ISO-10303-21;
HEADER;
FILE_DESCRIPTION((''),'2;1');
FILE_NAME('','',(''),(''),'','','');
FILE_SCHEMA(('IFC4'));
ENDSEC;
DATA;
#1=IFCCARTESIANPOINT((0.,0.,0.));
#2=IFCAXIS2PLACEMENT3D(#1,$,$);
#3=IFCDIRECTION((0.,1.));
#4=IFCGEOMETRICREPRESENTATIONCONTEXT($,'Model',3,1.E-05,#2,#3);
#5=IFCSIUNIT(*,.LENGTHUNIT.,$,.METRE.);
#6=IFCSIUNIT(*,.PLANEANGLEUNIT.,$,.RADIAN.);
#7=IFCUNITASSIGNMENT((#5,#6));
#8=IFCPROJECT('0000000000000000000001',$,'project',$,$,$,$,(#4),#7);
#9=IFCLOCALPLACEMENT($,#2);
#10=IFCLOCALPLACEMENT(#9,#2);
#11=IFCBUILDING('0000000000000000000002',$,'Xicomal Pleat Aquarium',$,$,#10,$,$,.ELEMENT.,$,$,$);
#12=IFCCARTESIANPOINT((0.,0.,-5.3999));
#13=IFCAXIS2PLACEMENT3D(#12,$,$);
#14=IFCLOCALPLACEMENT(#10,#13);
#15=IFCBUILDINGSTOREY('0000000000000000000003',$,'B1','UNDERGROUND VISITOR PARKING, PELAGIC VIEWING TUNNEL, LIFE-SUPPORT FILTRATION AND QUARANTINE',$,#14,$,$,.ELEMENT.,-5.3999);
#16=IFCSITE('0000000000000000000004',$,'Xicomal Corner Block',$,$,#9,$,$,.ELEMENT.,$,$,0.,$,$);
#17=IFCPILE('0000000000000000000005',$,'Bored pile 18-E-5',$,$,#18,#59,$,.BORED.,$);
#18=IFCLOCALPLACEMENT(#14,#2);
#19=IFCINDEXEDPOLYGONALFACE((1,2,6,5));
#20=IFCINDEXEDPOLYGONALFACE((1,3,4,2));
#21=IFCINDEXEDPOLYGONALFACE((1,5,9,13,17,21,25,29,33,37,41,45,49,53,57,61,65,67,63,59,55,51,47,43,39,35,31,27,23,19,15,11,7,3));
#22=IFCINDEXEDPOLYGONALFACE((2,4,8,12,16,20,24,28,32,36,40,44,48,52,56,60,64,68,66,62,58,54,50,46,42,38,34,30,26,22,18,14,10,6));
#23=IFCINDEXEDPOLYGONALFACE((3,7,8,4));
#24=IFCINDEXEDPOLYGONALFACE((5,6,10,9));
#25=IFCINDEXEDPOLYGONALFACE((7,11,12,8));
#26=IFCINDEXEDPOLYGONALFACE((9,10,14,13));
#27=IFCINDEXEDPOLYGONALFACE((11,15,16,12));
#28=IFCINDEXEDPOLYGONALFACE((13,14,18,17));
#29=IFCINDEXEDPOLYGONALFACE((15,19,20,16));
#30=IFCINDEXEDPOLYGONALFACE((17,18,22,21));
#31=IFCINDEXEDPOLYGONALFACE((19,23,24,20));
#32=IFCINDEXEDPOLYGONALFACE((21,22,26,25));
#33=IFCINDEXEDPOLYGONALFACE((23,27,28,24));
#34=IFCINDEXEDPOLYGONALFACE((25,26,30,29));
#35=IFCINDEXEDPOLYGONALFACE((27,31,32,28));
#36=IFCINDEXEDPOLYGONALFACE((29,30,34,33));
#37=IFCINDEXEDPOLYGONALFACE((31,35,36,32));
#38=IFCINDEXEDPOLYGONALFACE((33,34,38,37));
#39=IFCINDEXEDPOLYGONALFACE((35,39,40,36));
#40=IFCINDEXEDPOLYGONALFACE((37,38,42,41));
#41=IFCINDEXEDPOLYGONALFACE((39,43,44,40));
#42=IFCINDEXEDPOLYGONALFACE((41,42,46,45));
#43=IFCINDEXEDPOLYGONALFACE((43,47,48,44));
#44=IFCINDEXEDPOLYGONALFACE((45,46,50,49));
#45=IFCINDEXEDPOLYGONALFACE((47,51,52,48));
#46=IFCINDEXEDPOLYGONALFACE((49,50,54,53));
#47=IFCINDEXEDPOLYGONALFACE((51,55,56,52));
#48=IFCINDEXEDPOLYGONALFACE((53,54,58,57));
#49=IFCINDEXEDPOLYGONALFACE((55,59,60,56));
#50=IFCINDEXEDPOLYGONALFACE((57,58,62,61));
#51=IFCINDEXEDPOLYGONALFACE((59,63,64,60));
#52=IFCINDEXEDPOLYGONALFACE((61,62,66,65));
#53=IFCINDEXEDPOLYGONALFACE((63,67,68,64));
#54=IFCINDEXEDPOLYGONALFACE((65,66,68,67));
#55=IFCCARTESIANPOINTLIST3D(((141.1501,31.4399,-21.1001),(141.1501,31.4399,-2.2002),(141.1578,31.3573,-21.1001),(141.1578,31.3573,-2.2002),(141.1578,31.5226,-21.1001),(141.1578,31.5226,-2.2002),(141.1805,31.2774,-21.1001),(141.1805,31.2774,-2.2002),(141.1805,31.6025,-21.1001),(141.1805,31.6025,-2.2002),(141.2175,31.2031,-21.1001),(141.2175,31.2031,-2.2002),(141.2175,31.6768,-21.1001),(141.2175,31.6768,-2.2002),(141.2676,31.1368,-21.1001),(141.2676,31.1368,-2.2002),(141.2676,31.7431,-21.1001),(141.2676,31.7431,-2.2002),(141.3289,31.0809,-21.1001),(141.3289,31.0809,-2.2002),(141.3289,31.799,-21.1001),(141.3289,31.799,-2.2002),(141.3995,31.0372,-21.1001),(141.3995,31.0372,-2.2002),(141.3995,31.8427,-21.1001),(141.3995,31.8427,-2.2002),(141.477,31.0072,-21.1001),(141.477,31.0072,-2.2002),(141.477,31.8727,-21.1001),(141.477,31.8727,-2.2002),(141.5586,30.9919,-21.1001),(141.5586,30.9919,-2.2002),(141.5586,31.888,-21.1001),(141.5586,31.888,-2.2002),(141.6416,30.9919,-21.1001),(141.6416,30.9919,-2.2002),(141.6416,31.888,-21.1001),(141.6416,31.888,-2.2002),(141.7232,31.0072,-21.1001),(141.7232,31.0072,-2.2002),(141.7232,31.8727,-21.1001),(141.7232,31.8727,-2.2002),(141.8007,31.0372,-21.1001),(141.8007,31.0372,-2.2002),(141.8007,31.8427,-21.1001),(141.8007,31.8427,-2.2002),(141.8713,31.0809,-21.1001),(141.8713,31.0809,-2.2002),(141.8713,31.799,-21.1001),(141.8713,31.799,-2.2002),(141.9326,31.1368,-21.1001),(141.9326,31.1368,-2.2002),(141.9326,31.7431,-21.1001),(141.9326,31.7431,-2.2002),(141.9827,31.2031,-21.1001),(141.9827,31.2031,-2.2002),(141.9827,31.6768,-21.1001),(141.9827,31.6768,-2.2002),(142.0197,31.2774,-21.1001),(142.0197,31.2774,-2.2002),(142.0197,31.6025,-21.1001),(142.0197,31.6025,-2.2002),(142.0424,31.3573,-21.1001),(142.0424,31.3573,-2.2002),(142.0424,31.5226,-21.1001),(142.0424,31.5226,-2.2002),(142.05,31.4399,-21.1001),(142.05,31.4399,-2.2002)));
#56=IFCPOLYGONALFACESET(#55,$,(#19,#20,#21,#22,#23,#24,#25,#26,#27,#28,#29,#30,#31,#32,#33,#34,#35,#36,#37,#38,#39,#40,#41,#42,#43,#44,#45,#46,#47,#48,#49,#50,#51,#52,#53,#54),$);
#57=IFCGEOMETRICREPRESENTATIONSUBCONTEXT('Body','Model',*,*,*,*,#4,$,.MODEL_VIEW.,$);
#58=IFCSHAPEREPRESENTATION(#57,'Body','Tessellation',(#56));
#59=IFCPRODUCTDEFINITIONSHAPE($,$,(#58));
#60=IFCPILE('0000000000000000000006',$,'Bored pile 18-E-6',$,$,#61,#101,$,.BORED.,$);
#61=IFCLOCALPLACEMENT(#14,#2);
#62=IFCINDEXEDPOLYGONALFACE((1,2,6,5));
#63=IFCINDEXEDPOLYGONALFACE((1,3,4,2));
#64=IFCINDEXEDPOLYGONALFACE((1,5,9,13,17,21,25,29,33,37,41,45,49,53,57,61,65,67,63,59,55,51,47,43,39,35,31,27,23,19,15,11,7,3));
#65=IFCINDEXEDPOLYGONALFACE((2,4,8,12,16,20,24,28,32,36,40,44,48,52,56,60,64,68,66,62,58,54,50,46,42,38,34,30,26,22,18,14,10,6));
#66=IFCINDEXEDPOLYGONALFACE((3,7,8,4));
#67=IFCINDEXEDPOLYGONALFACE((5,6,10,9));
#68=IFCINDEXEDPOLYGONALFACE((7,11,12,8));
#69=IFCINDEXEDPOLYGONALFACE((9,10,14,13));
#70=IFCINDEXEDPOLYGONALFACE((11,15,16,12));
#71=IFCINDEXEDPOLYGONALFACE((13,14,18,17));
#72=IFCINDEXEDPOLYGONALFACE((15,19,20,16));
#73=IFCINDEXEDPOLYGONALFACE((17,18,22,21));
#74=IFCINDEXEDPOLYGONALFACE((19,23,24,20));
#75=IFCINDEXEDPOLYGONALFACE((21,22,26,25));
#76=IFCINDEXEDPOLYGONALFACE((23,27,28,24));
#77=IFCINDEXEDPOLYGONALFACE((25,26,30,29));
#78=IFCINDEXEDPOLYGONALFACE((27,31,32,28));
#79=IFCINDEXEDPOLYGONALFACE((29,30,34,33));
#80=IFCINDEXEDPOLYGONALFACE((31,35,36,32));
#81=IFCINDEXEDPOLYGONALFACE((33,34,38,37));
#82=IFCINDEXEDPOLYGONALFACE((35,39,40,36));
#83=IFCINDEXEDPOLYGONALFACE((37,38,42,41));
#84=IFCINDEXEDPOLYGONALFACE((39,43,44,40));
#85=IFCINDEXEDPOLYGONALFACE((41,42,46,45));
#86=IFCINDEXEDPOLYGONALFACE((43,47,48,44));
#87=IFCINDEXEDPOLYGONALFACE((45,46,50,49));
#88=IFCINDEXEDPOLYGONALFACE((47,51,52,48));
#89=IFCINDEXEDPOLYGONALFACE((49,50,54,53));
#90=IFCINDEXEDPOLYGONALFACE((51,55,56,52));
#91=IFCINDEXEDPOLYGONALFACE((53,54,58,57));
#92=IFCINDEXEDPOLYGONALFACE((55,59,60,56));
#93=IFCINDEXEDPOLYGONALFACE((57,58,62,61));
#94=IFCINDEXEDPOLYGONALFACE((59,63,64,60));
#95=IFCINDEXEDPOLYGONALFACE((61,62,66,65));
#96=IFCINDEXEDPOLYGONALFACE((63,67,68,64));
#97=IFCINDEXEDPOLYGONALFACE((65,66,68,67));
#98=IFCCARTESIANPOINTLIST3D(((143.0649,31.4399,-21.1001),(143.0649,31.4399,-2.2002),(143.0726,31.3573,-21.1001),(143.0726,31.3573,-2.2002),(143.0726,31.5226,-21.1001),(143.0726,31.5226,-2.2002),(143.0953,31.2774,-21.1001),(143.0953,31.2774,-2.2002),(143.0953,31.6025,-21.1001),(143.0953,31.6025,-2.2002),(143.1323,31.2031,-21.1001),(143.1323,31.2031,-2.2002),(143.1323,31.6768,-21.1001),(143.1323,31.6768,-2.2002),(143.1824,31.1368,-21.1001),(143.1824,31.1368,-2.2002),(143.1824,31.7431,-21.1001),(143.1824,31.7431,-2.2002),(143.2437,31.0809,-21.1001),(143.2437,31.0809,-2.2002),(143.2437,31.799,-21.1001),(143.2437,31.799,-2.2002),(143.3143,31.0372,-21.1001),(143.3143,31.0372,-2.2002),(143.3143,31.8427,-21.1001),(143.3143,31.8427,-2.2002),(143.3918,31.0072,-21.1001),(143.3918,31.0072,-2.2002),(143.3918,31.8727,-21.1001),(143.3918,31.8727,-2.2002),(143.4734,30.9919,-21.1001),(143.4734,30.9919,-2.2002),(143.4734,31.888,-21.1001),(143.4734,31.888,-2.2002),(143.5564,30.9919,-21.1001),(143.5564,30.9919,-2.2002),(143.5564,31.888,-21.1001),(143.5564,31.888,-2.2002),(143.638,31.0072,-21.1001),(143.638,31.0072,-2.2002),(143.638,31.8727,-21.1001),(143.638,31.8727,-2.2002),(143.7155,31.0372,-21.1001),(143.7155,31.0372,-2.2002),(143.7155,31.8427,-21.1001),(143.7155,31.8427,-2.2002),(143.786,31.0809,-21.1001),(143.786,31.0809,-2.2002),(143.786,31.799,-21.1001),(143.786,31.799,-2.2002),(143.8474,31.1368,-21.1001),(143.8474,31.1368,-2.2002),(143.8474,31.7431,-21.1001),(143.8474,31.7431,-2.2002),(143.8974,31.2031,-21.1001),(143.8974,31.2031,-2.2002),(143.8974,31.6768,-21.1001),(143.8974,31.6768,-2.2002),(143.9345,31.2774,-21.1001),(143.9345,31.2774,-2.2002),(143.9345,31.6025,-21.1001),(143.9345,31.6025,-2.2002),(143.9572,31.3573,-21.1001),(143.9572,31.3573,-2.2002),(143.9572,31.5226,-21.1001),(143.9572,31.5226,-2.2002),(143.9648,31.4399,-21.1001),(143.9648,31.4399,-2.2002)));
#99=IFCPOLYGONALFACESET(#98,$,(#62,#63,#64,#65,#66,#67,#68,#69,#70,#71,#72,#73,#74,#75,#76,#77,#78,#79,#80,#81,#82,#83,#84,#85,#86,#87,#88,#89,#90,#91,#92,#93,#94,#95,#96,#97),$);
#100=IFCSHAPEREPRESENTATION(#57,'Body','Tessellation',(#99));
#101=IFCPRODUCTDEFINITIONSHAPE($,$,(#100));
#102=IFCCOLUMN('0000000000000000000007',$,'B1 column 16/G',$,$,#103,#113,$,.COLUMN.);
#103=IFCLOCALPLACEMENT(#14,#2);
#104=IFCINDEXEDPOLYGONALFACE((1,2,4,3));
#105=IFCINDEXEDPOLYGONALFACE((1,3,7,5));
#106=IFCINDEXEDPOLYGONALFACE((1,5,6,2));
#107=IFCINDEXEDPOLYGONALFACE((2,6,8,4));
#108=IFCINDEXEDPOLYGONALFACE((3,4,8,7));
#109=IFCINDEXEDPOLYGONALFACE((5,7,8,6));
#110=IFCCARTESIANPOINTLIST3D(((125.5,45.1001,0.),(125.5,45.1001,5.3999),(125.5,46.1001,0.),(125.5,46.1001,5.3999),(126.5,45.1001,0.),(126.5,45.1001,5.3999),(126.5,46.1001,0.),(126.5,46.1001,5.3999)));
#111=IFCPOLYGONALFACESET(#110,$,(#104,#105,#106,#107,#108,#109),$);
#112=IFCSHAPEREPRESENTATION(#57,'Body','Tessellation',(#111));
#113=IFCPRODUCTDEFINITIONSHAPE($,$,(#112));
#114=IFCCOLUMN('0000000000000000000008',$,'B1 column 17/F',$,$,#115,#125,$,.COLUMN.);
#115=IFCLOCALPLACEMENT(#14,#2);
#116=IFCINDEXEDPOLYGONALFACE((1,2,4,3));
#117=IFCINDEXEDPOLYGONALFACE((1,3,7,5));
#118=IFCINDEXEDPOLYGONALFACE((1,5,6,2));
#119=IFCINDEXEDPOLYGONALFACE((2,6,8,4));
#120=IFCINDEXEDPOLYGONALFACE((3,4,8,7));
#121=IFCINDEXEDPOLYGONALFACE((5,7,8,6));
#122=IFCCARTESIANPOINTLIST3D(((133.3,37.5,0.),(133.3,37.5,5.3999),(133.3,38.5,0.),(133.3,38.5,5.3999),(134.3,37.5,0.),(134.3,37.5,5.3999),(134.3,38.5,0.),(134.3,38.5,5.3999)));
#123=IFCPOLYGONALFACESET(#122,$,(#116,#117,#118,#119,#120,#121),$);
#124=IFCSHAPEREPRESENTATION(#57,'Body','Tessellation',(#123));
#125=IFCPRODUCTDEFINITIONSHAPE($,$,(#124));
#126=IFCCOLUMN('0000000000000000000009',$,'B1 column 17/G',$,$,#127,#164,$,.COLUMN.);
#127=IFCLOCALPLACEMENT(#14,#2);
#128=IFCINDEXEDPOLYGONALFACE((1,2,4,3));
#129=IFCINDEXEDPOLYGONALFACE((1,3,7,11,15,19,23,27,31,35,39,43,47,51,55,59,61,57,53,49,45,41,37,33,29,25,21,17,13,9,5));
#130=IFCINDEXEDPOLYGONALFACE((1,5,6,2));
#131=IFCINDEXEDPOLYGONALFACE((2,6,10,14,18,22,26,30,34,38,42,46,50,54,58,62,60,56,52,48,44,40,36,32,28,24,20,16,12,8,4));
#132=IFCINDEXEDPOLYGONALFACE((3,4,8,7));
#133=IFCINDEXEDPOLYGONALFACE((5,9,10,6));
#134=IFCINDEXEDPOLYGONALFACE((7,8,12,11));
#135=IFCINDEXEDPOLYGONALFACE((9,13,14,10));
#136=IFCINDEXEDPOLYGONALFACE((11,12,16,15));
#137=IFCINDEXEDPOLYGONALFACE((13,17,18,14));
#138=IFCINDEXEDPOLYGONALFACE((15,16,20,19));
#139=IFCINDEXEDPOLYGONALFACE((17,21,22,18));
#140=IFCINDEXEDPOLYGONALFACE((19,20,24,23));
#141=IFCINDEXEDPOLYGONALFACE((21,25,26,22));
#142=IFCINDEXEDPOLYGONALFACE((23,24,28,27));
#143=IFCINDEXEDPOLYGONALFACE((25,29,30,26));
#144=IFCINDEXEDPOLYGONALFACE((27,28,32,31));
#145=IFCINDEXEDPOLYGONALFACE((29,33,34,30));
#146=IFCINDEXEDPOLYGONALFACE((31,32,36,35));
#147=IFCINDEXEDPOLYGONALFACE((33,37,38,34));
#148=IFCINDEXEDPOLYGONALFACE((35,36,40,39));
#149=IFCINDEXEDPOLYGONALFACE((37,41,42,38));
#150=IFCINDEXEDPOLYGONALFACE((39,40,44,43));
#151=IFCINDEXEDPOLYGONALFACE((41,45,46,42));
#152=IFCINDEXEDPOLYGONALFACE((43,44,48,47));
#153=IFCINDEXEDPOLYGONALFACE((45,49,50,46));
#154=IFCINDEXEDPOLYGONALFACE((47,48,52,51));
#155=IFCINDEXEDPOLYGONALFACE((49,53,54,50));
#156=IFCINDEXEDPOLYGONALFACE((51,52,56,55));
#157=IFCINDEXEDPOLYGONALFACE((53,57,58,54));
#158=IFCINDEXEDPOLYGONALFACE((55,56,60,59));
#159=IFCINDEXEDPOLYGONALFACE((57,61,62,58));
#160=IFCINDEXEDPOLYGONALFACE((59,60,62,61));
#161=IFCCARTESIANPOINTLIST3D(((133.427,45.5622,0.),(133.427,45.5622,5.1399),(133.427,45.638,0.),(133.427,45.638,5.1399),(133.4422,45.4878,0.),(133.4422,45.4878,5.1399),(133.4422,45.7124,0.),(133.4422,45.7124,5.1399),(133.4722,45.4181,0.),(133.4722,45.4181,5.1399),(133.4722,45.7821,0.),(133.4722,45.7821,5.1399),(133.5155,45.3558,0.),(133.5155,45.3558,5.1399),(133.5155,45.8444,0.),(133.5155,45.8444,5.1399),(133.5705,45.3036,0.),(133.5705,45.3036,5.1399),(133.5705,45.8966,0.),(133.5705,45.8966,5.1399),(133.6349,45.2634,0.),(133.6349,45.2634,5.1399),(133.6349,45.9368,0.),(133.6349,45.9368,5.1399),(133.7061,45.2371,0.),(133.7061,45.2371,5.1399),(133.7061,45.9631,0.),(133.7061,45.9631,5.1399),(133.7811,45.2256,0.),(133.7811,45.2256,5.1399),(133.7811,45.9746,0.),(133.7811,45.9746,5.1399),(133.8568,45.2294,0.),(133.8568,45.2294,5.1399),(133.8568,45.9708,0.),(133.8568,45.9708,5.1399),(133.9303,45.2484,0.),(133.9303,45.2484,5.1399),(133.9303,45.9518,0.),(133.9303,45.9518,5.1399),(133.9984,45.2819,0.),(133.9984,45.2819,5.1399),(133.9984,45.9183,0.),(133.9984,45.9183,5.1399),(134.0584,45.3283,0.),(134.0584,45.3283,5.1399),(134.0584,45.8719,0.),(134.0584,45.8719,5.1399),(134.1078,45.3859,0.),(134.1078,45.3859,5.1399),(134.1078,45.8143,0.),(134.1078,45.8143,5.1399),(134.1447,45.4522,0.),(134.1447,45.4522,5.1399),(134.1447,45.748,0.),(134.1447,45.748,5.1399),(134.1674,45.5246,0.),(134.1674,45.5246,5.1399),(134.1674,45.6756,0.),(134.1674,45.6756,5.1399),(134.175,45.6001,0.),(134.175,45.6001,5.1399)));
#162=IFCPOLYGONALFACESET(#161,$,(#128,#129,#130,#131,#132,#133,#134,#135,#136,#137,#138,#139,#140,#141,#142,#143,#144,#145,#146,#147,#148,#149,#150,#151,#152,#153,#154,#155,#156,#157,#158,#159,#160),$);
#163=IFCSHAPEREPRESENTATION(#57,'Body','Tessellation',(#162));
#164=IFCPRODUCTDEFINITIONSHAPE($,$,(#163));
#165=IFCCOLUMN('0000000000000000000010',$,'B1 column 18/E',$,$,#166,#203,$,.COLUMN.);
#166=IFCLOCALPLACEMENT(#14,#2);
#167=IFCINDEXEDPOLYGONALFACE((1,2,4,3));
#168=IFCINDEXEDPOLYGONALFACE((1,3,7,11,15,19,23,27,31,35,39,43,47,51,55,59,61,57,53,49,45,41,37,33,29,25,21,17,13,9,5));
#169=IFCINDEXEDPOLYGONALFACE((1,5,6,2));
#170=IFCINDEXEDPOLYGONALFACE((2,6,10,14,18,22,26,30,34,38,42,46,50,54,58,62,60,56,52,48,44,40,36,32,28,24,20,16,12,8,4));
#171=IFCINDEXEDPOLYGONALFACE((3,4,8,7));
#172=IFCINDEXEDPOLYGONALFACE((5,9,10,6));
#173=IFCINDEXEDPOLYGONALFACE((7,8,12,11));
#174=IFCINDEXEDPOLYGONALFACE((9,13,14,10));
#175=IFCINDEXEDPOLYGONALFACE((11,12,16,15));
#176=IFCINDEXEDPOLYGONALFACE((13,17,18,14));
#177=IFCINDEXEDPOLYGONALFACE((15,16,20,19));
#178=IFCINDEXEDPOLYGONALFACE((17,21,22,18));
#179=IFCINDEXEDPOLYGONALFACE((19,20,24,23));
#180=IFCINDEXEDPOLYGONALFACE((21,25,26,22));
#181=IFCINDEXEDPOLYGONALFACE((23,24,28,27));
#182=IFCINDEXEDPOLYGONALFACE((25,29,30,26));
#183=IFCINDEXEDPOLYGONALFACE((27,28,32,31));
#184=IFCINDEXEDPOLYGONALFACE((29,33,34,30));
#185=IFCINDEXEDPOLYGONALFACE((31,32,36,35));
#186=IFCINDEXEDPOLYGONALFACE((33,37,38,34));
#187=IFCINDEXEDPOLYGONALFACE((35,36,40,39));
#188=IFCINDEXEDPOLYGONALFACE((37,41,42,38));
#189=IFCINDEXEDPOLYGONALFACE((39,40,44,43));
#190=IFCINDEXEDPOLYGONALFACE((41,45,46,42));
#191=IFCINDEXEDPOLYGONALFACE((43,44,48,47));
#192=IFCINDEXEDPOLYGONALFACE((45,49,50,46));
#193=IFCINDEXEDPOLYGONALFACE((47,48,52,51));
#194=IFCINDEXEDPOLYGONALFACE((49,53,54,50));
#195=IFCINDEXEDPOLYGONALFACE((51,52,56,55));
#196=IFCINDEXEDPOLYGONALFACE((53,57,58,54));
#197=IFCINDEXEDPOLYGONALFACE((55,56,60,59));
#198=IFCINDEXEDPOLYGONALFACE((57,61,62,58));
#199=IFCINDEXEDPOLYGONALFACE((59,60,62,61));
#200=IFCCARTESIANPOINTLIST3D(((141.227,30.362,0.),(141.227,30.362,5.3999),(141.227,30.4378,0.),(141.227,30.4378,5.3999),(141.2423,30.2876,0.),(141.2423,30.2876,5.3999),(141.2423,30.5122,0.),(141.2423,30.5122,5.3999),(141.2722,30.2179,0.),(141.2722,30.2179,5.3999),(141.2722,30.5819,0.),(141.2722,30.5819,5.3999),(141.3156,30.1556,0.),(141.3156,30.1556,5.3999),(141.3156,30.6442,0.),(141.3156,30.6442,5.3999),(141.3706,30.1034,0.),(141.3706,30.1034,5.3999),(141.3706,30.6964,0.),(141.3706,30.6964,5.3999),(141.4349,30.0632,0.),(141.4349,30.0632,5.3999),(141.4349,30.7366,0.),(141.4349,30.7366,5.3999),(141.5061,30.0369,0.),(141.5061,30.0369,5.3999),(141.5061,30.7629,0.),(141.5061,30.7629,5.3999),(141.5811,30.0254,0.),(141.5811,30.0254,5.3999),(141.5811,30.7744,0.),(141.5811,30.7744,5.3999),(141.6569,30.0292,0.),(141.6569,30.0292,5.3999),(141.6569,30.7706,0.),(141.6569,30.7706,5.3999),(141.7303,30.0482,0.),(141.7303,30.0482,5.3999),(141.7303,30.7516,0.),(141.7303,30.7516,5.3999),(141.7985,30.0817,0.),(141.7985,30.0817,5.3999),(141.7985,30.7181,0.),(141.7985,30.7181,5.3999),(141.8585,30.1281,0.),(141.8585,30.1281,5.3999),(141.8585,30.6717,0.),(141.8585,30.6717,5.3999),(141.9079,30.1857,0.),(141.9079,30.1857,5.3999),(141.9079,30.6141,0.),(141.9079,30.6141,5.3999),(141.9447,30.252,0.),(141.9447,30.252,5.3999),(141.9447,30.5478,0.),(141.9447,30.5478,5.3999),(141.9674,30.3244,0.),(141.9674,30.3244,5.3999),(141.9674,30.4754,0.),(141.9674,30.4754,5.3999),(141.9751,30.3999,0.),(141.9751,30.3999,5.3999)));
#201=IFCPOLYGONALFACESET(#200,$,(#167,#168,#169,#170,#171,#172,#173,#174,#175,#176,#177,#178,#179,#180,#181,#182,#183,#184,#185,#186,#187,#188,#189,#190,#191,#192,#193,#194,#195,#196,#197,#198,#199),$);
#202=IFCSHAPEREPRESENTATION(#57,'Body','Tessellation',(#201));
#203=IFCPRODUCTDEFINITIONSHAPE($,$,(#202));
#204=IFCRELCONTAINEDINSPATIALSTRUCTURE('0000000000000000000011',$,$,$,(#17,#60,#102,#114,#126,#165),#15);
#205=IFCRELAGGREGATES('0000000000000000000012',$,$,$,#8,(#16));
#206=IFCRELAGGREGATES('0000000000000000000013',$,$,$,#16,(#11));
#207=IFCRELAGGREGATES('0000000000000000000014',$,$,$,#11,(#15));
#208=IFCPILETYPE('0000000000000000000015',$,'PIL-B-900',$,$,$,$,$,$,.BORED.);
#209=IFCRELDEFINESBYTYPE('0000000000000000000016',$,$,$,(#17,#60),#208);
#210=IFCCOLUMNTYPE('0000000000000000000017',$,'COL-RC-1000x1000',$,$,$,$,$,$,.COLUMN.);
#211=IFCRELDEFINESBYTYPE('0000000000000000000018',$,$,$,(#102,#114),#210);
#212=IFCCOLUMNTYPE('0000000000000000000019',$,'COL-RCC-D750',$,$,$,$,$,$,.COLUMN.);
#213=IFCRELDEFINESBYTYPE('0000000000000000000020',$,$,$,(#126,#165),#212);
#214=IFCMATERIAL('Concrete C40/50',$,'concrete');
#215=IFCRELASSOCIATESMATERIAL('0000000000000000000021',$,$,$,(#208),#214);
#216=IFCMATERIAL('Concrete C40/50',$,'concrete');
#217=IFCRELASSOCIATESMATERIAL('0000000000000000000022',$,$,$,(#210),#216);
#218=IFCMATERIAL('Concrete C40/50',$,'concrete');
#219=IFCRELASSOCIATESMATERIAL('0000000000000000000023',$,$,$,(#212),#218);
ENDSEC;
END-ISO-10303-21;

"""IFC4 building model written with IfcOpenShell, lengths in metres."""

from ifc_helpers import new_model, si_unit, direction, frame, origin, origin_2d, place, context, subcontext, project, spatial, rectangle, circle, extrude, material, material_profile, profile_set, type_object, element, save


model = new_model("IFC4")

# Units and contexts
model_context = context("Model", 3, precision=1e-05, world=origin(), true_north=direction((0.0, 1.0)))
body_context = subcontext(model_context, "Body", "Model", "MODEL_VIEW")
ifc_project = project(units=[si_unit("LENGTHUNIT", "METRE"), si_unit("PLANEANGLEUNIT", "RADIAN")], contexts=[model_context])

# Site, building, storey
site_placement = place(None, origin())
site = spatial("IfcSite", under=ifc_project, at=site_placement, Name="Xicomal Corner Block", CompositionType="ELEMENT", RefElevation=0.0)
building_placement = place(site_placement, origin())
building = spatial("IfcBuilding", under=site, at=building_placement, Name="Xicomal Pleat Aquarium", CompositionType="ELEMENT")
storey_placement = place(building_placement, frame((0.0, 0.0, -5.3999)))
storey = spatial("IfcBuildingStorey", under=building, at=storey_placement, Name="B1", Description="UNDERGROUND VISITOR PARKING, PELAGIC VIEWING TUNNEL, LIFE-SUPPORT FILTRATION AND QUARANTINE", CompositionType="ELEMENT", Elevation=-5.3999)

# Piles
ifc_material_1 = material(Name="Concrete C40/50", Category="concrete")
ifc_material_profile_1 = material_profile(ifc_material_1, circle(Radius=0.45, at=origin_2d()), Name="BORED PILE D900")
ifc_profile_set_1 = profile_set([ifc_material_profile_1], Name="Concrete C40/50")
pile_type_1 = type_object("IfcPileType", Name="PIL-B-900", PredefinedType="BORED", material=ifc_profile_set_1)
for number, where, z_axis, x_axis, name in (
    (1, (141.6001, 31.4399, -2.2002), (0.0, 0.0, -1.0), (1.0, 0.0, 0.0), "Bored pile 18-E-5"),
    (2, (143.5149, 31.4399, -2.2002), (0.0, 0.0, -1.0), (1.0, 0.0, 0.0), "Bored pile 18-E-6"),
):
    element("IfcPile", number, at=place(storey_placement, frame(where, z_axis=z_axis, x_axis=x_axis)), inside=storey, type_object=pile_type_1, Name=name, PredefinedType="BORED", context=body_context, shape_type="SweptSolid", body=[
        extrude(circle(Radius=0.45, at=origin_2d()), origin(), (0.0, 0.0, 1.0), 18.8999),
    ])

# Columns
ifc_material_2 = material(Name="Concrete C40/50", Category="concrete")
ifc_material_profile_2 = material_profile(ifc_material_2, rectangle(XDim=1.0, YDim=1.0, at=origin_2d()), Name="RC 1000x1000")
ifc_profile_set_2 = profile_set([ifc_material_profile_2], Name="Concrete C40/50")
column_type_1 = type_object("IfcColumnType", Name="COL-RC-1000x1000", PredefinedType="COLUMN", material=ifc_profile_set_2)
for number, where, z_axis, x_axis, name in (
    (3, (126.0, 45.6001, 0.0), (0.0, 0.0, 1.0), (1.0, 0.0, 0.0), "B1 column 16/G"),
    (4, (133.8, 38.0, 0.0), (0.0, 0.0, 1.0), (1.0, 0.0, 0.0), "B1 column 17/F"),
):
    element("IfcColumn", number, at=place(storey_placement, frame(where, z_axis=z_axis, x_axis=x_axis)), inside=storey, type_object=column_type_1, Name=name, PredefinedType="COLUMN", context=body_context, shape_type="SweptSolid", body=[
        extrude(rectangle(XDim=1.0, YDim=1.0, at=origin_2d()), origin(), (0.0, 0.0, 1.0), 5.3999),
    ])
ifc_material_3 = material(Name="Concrete C40/50", Category="concrete")
ifc_material_profile_3 = material_profile(ifc_material_3, circle(Radius=0.375, at=origin_2d()), Name="RCC D750")
ifc_profile_set_3 = profile_set([ifc_material_profile_3], Name="Concrete C40/50")
column_type_2 = type_object("IfcColumnType", Name="COL-RCC-D750", PredefinedType="COLUMN", material=ifc_profile_set_3)
column_1_placement = place(storey_placement, frame((133.8, 45.6001, 0.0), z_axis=(0.0, 0.0, 1.0), x_axis=(1.0, 0.0, 0.0)))
element("IfcColumn", 5, at=column_1_placement, inside=storey, type_object=column_type_2, Name="B1 column 17/G", PredefinedType="COLUMN", context=body_context, shape_type="SweptSolid", body=[
    extrude(circle(Radius=0.375, at=origin_2d()), origin(), (0.0, 0.0, 1.0), 5.1399),
])
column_2_placement = place(storey_placement, frame((141.6001, 30.3999, 0.0), z_axis=(0.0, 0.0, 1.0), x_axis=(1.0, 0.0, 0.0)))
element("IfcColumn", 6, at=column_2_placement, inside=storey, type_object=column_type_2, Name="B1 column 18/E", PredefinedType="COLUMN", context=body_context, shape_type="SweptSolid", body=[
    extrude(circle(Radius=0.375, at=origin_2d()), origin(), (0.0, 0.0, 1.0), 5.3999),
])

save(model, "model.ifc")
